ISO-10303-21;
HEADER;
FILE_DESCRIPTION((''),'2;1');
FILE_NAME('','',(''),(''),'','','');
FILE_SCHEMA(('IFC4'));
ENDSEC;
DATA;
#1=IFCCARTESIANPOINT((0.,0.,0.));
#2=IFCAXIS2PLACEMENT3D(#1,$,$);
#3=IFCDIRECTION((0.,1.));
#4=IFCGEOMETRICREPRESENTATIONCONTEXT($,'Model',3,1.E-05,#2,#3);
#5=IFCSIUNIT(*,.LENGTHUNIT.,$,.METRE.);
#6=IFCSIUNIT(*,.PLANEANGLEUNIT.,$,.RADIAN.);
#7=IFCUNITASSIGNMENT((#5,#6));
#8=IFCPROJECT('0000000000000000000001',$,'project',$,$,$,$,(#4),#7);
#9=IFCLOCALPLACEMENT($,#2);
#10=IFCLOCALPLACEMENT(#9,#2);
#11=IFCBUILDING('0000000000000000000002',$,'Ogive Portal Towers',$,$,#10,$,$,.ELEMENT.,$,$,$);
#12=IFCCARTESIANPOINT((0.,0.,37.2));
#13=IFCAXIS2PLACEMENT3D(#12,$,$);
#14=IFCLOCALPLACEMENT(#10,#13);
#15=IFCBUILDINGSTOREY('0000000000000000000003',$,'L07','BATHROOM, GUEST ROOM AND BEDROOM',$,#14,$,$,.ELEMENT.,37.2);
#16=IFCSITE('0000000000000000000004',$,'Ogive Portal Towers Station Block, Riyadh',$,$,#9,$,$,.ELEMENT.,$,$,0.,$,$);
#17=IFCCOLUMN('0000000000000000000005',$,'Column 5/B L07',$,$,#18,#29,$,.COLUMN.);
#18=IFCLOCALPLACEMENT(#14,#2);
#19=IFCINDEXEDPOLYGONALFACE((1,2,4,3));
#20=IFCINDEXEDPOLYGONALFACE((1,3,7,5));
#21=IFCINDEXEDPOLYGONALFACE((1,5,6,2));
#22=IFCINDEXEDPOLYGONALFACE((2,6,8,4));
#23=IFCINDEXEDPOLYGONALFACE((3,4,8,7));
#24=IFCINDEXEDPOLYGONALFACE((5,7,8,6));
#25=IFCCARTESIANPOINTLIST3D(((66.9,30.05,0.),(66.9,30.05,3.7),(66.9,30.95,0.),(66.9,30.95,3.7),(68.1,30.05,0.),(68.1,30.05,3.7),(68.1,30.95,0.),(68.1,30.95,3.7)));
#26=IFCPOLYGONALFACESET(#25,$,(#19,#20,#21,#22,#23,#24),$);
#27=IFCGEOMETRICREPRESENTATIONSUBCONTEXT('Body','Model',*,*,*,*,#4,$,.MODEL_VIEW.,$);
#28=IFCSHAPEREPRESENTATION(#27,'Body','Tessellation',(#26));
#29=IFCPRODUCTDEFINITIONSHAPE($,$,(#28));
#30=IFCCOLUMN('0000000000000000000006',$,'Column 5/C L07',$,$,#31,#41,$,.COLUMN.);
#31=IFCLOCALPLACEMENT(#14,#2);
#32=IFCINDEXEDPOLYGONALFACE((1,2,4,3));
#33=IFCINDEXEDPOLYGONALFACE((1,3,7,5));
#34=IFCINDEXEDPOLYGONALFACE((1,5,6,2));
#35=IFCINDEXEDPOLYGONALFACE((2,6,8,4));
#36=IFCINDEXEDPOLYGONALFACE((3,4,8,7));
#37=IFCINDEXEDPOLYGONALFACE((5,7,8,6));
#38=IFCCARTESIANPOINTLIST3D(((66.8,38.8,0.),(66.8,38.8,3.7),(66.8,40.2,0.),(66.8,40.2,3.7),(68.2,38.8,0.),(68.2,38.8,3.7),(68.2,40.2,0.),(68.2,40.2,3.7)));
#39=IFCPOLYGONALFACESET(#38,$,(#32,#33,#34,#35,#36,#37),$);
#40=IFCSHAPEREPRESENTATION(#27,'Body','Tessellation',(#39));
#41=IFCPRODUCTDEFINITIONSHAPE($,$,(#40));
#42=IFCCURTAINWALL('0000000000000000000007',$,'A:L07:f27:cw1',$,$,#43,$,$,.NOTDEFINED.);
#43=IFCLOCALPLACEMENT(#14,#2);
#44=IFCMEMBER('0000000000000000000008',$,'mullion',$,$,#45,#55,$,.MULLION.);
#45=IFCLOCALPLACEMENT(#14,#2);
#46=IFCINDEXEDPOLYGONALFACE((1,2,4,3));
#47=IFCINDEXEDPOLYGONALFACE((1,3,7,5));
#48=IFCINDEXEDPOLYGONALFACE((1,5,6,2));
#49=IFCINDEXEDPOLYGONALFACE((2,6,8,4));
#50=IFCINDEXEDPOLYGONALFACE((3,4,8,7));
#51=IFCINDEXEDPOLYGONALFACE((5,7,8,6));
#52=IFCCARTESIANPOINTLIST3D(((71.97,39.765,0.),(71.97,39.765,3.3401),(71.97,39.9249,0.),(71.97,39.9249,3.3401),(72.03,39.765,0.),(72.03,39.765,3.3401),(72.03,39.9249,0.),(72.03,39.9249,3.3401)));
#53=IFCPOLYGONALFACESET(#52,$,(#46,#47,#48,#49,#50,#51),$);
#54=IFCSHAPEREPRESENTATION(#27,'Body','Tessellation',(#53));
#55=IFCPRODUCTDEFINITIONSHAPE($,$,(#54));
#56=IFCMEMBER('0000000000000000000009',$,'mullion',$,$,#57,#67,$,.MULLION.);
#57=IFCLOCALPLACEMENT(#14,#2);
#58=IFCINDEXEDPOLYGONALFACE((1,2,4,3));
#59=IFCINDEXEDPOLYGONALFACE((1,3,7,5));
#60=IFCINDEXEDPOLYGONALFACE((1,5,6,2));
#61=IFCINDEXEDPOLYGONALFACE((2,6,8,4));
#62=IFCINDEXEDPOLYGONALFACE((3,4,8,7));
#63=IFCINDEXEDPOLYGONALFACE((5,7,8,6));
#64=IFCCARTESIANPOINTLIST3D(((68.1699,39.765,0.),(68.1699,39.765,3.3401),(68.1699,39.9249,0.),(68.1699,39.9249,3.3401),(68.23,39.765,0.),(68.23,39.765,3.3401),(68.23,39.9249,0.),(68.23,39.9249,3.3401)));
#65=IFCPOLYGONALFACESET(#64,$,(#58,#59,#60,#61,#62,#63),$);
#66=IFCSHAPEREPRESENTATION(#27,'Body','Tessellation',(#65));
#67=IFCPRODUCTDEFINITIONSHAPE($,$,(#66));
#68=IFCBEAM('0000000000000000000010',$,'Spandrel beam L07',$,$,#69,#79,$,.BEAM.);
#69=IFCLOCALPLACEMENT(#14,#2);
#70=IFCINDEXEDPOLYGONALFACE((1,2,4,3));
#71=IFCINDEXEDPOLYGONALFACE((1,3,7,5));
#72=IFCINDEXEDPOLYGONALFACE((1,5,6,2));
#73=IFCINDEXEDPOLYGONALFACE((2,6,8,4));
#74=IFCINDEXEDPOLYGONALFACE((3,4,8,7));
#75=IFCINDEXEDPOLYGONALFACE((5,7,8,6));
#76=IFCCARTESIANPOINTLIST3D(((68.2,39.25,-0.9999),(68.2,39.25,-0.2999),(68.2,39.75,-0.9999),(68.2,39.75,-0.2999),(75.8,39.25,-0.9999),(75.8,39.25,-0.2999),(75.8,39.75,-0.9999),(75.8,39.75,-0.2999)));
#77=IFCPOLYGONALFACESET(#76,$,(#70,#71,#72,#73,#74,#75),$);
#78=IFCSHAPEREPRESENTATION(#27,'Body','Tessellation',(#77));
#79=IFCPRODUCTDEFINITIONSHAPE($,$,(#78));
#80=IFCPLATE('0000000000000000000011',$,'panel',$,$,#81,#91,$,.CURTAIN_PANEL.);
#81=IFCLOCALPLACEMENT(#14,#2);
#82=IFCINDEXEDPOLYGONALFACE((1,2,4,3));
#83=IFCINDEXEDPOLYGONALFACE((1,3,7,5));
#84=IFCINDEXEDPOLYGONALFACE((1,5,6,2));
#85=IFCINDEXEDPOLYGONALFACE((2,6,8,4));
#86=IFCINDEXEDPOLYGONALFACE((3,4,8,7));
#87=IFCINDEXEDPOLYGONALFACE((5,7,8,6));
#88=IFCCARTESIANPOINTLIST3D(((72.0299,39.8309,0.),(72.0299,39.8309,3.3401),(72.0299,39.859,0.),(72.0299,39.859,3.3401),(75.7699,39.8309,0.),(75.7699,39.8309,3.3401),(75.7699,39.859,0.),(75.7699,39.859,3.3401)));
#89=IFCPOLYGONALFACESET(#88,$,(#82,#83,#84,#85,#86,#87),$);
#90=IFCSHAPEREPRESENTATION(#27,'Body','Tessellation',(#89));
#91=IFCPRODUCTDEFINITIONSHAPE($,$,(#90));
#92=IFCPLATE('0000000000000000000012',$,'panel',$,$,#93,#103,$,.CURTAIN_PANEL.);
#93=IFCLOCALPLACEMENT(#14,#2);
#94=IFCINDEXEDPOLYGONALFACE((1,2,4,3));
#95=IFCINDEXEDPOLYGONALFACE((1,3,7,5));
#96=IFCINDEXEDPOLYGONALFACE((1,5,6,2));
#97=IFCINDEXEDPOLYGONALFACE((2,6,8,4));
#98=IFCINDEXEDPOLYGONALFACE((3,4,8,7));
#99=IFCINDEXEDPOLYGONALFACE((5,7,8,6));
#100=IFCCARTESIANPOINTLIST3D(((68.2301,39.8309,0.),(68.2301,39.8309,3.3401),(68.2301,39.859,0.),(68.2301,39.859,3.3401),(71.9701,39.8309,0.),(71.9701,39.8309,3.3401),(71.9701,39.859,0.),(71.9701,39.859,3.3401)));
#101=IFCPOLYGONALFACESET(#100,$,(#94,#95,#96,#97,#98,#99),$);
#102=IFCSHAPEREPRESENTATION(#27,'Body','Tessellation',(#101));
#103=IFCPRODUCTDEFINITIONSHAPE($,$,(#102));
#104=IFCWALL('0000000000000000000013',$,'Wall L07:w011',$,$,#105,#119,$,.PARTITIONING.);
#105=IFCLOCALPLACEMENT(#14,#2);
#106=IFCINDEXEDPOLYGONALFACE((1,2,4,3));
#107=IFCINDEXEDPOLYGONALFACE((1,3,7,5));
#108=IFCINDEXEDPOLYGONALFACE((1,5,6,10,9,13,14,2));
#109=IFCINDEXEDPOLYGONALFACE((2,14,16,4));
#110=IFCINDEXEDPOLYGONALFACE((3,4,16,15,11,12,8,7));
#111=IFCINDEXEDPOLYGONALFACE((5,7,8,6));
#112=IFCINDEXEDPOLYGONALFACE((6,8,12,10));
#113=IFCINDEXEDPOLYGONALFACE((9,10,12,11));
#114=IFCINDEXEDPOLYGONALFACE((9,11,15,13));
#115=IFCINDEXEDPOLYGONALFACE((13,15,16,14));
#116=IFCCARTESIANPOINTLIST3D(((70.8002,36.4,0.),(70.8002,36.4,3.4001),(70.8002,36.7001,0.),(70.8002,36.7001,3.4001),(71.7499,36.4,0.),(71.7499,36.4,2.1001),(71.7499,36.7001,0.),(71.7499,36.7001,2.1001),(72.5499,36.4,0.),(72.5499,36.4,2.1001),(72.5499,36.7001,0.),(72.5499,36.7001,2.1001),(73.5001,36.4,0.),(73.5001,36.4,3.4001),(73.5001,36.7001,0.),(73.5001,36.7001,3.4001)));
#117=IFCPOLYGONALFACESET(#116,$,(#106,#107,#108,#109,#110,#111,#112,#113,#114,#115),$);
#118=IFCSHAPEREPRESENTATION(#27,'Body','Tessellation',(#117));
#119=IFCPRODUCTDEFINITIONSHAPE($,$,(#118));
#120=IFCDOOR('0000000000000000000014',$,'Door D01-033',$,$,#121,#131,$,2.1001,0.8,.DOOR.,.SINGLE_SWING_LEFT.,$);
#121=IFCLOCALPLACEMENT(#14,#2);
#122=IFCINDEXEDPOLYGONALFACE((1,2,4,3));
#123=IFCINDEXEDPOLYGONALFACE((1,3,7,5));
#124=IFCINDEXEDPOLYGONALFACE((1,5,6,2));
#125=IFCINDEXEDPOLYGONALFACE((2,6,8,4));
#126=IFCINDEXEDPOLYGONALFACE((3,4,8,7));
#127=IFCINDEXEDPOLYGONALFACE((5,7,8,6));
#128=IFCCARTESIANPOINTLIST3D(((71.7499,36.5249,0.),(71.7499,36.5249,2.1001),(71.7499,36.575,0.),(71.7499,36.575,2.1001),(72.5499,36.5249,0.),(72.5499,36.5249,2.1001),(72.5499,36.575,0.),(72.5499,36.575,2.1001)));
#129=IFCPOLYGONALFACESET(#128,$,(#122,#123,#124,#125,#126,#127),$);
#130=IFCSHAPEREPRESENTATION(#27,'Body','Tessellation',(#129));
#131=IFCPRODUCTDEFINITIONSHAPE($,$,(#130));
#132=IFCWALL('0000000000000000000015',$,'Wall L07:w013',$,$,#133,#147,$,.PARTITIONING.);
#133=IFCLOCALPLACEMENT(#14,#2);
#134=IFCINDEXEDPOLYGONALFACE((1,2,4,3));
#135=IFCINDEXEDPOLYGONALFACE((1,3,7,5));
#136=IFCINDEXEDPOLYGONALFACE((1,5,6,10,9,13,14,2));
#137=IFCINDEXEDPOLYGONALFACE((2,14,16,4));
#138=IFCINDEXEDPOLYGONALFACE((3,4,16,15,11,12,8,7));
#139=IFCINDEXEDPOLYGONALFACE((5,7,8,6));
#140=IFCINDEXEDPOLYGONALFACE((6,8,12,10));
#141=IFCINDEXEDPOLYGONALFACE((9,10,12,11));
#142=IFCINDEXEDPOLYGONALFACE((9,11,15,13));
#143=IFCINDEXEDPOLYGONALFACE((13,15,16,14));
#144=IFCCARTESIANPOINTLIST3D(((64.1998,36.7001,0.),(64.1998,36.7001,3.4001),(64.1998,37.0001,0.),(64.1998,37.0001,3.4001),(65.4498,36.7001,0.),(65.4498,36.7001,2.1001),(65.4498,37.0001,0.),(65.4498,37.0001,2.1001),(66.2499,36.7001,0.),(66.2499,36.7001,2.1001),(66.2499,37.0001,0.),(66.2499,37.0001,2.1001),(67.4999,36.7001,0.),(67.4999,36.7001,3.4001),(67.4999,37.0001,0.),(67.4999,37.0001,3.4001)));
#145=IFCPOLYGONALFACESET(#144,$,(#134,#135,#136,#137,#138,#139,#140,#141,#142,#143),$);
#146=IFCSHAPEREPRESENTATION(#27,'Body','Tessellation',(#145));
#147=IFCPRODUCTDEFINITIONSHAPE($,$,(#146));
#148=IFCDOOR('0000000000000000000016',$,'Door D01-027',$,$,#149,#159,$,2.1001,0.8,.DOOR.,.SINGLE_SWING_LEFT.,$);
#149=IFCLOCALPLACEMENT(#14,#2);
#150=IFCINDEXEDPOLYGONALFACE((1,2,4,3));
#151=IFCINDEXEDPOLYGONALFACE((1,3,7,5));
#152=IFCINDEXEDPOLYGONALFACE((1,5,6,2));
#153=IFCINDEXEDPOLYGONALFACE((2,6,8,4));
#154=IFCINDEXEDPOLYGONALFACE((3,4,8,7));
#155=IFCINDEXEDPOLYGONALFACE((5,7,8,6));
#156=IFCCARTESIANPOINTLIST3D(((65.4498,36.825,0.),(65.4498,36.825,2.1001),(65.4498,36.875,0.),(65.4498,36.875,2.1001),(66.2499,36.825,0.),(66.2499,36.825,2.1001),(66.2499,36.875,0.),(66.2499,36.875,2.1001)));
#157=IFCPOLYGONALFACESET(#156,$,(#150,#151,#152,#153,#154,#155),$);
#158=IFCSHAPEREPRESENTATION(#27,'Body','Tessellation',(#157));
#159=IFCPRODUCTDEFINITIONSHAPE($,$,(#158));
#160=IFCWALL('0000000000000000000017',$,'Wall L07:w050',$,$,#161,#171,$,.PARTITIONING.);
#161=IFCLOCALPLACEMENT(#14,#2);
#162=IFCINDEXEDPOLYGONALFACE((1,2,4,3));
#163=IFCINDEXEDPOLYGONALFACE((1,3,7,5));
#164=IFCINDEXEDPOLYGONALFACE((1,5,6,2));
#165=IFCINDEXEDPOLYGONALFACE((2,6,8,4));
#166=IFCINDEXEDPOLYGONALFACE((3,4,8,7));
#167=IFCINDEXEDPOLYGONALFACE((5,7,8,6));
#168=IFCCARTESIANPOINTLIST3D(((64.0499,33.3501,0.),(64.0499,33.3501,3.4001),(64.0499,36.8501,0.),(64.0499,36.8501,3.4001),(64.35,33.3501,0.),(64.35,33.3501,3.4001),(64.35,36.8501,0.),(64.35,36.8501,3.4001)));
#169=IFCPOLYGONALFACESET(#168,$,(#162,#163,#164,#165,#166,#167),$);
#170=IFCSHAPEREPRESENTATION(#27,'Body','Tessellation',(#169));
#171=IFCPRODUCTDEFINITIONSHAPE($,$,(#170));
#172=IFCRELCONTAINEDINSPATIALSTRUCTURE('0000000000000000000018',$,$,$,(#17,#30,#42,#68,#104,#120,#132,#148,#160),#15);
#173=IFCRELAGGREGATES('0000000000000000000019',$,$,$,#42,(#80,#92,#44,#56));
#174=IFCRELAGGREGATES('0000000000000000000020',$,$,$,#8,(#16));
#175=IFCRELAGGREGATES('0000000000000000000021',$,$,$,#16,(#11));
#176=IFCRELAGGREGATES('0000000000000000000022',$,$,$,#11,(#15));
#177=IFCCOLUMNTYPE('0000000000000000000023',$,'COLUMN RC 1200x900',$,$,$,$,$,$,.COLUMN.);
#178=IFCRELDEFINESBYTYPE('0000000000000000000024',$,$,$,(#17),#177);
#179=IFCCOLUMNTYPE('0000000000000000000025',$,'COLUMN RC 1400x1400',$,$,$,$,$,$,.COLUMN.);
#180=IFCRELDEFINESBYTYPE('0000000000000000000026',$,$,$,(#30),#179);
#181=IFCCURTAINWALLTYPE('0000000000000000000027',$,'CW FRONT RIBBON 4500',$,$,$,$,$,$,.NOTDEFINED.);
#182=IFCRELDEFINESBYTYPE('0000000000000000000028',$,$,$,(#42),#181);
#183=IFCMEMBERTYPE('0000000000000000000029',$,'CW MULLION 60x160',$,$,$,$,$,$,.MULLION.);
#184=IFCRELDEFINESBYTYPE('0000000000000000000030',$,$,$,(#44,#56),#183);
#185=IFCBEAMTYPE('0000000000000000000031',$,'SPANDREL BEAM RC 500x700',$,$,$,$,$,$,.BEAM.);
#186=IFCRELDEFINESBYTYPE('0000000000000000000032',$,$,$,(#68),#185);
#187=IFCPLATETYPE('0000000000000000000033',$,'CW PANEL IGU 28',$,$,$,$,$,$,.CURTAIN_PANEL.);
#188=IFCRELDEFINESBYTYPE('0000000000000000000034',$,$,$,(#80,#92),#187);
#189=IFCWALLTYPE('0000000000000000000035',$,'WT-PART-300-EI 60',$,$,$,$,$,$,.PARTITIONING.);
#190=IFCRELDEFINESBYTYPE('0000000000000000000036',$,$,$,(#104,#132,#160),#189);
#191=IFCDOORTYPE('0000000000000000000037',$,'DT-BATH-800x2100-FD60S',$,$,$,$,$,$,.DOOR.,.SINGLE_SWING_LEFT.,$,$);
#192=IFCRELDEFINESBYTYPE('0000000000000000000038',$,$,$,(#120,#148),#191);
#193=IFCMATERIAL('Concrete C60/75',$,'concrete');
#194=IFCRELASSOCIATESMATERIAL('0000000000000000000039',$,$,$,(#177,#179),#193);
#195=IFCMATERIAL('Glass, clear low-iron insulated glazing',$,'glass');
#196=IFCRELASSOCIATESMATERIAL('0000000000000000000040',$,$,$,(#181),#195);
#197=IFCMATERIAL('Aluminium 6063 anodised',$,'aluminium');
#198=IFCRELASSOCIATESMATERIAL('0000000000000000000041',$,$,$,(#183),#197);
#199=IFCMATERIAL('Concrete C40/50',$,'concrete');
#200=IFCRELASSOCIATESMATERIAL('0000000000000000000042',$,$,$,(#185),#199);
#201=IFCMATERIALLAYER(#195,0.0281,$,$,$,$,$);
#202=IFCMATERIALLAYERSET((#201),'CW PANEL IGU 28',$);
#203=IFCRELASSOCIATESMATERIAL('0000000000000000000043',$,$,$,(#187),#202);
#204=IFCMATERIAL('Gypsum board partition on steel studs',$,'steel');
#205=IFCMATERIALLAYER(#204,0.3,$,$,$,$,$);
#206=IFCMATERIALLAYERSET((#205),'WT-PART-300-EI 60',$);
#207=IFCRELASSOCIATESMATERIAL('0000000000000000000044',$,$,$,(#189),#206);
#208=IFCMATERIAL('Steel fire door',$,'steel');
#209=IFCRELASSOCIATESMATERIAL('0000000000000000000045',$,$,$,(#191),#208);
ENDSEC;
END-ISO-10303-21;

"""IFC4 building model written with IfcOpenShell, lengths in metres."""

from ifc_helpers import new_model, si_unit, direction, frame, frame_2d, origin, origin_2d, place, context, subcontext, project, spatial, rectangle, extrude, material, layer, layer_set, material_profile, profile_set, type_object, element, fill, aggregate, save


model = new_model("IFC4")

# Units and contexts
model_context = context("Model", 3, precision=1e-05, world=origin(), true_north=direction((0.0, 1.0)))
body_context = subcontext(model_context, "Body", "Model", "MODEL_VIEW")
ifc_project = project(units=[si_unit("LENGTHUNIT", "METRE"), si_unit("PLANEANGLEUNIT", "RADIAN")], contexts=[model_context])

# Site, building, storey
site_placement = place(None, origin())
site = spatial("IfcSite", under=ifc_project, at=site_placement, Name="Ogive Portal Towers Station Block, Riyadh", CompositionType="ELEMENT", RefElevation=0.0)
building_placement = place(site_placement, origin())
building = spatial("IfcBuilding", under=site, at=building_placement, Name="Ogive Portal Towers", CompositionType="ELEMENT")
storey_placement = place(building_placement, frame((0.0, 0.0, 37.2)))
storey = spatial("IfcBuildingStorey", under=building, at=storey_placement, Name="L07", Description="BATHROOM, GUEST ROOM AND BEDROOM", CompositionType="ELEMENT", Elevation=37.2)

# Columns
ifc_material_1 = material(Name="Concrete C60/75", Category="concrete")
ifc_material_profile_1 = material_profile(ifc_material_1, rectangle(XDim=1.2, YDim=0.8999, at=origin_2d()), Name="RC 1200x900")
ifc_profile_set_1 = profile_set([ifc_material_profile_1], Name="Concrete C60/75")
column_type_1 = type_object("IfcColumnType", Name="COLUMN RC 1200x900", PredefinedType="COLUMN", material=ifc_profile_set_1)
column_1_placement = place(storey_placement, frame((67.5, 30.5, 0.0), z_axis=(0.0, 0.0, 1.0), x_axis=(1.0, 0.0, 0.0)))
element("IfcColumn", 1, at=column_1_placement, inside=storey, type_object=column_type_1, Name="Column 5/B L07", PredefinedType="COLUMN", context=body_context, shape_type="SweptSolid", body=[
    extrude(rectangle(XDim=1.2, YDim=0.8999, at=origin_2d()), origin(), (0.0, 0.0, 1.0), 3.7),
])
ifc_material_profile_2 = material_profile(ifc_material_1, rectangle(XDim=1.3999, YDim=1.3999, at=origin_2d()), Name="RC 1400x1400")
ifc_profile_set_2 = profile_set([ifc_material_profile_2], Name="Concrete C60/75")
column_type_2 = type_object("IfcColumnType", Name="COLUMN RC 1400x1400", PredefinedType="COLUMN", material=ifc_profile_set_2)
column_2_placement = place(storey_placement, frame((67.5, 39.5, 0.0), z_axis=(0.0, 0.0, 1.0), x_axis=(1.0, 0.0, 0.0)))
element("IfcColumn", 2, at=column_2_placement, inside=storey, type_object=column_type_2, Name="Column 5/C L07", PredefinedType="COLUMN", context=body_context, shape_type="SweptSolid", body=[
    extrude(rectangle(XDim=1.3999, YDim=1.3999, at=origin_2d()), origin(), (0.0, 0.0, 1.0), 3.7),
])

# Curtain wall, members
ifc_material_2 = material(Name="Glass, clear low-iron insulated glazing", Category="glass")
curtain_wall_type = type_object("IfcCurtainWallType", Name="CW FRONT RIBBON 4500", PredefinedType="NOTDEFINED", material=ifc_material_2)
curtain_wall_placement = place(storey_placement, origin())
curtain_wall = element("IfcCurtainWall", 3, at=curtain_wall_placement, inside=storey, type_object=curtain_wall_type, Name="A:L07:f27:cw1", PredefinedType="NOTDEFINED")
ifc_material_3 = material(Name="Aluminium 6063 anodised", Category="aluminium")
ifc_material_profile_3 = material_profile(ifc_material_3, rectangle(XDim=0.1599, YDim=0.0601, at=origin_2d()), Name="AL 60x160")
ifc_profile_set_3 = profile_set([ifc_material_profile_3], Name="Aluminium 6063 anodised")
member_type = type_object("IfcMemberType", Name="CW MULLION 60x160", PredefinedType="MULLION", material=ifc_profile_set_3)
member_1_placement = place(storey_placement, frame((72.0, 39.845, 0.0), z_axis=(0.0, 0.0, 1.0), x_axis=(0.0, -1.0, 0.0)))
member_1 = element("IfcMember", 4, at=member_1_placement, type_object=member_type, Name="mullion", PredefinedType="MULLION", context=body_context, shape_type="SweptSolid", body=[
    extrude(rectangle(XDim=0.1599, YDim=0.0601, at=origin_2d()), origin(), (0.0, 0.0, 1.0), 3.3401),
])
member_2_placement = place(storey_placement, frame((68.2, 39.845, 0.0), z_axis=(0.0, 0.0, 1.0), x_axis=(0.0, -1.0, 0.0)))
member_2 = element("IfcMember", 5, at=member_2_placement, type_object=member_type, Name="mullion", PredefinedType="MULLION", context=body_context, shape_type="SweptSolid", body=[
    extrude(rectangle(XDim=0.1599, YDim=0.0601, at=origin_2d()), origin(), (0.0, 0.0, 1.0), 3.3401),
])

# Beam
ifc_material_4 = material(Name="Concrete C40/50", Category="concrete")
ifc_material_profile_4 = material_profile(ifc_material_4, rectangle(XDim=0.5, YDim=0.7, at=origin_2d()), Name="RC 500x700")
ifc_profile_set_4 = profile_set([ifc_material_profile_4], Name="Concrete C40/50")
beam_type = type_object("IfcBeamType", Name="SPANDREL BEAM RC 500x700", PredefinedType="BEAM", material=ifc_profile_set_4)
beam_placement = place(storey_placement, frame((68.2, 39.5, -0.6499), z_axis=(1.0, 0.0, 0.0), x_axis=(0.0, 1.0, 0.0)))
element("IfcBeam", 6, at=beam_placement, inside=storey, type_object=beam_type, Name="Spandrel beam L07", PredefinedType="BEAM", context=body_context, shape_type="SweptSolid", body=[
    extrude(rectangle(XDim=0.5, YDim=0.7, at=origin_2d()), origin(), (0.0, 0.0, 1.0), 7.6001),
])

# Plates
ifc_layer_1 = layer(ifc_material_2, 0.0281)
ifc_layer_set_1 = layer_set([ifc_layer_1], Name="CW PANEL IGU 28")
plate_type = type_object("IfcPlateType", Name="CW PANEL IGU 28", PredefinedType="CURTAIN_PANEL", material=ifc_layer_set_1)
plate_1_placement = place(storey_placement, frame((73.8999, 39.845, 0.0), z_axis=(0.0, 0.0, 1.0), x_axis=(-1.0, 0.0, 0.0)))
plate_1 = element("IfcPlate", 7, at=plate_1_placement, type_object=plate_type, Name="panel", PredefinedType="CURTAIN_PANEL", context=body_context, shape_type="SweptSolid", body=[
    extrude(rectangle(XDim=3.74, YDim=0.0281, at=origin_2d()), origin(), (0.0, 0.0, 1.0), 3.3401),
])
plate_2_placement = place(storey_placement, frame((70.1001, 39.845, 0.0), z_axis=(0.0, 0.0, 1.0), x_axis=(-1.0, 0.0, 0.0)))
plate_2 = element("IfcPlate", 8, at=plate_2_placement, type_object=plate_type, Name="panel", PredefinedType="CURTAIN_PANEL", context=body_context, shape_type="SweptSolid", body=[
    extrude(rectangle(XDim=3.74, YDim=0.0281, at=origin_2d()), origin(), (0.0, 0.0, 1.0), 3.3401),
])
aggregate(curtain_wall, [plate_1, plate_2, member_1, member_2])

# Walls, openings, doors
ifc_material_5 = material(Name="Gypsum board partition on steel studs", Category="steel")
ifc_layer_2 = layer(ifc_material_5, 0.3)
ifc_layer_set_2 = layer_set([ifc_layer_2], Name="WT-PART-300-EI 60")
wall_type = type_object("IfcWallType", Name="WT-PART-300-EI 60", PredefinedType="PARTITIONING", material=ifc_layer_set_2)
wall_1_placement = place(storey_placement, frame((70.8, 36.55, 0.0), z_axis=(0.0, 0.0, 1.0), x_axis=(1.0, 0.0, 0.0)))
wall_1 = element("IfcWall", 9, at=wall_1_placement, inside=storey, type_object=wall_type, Name="Wall L07:w011", PredefinedType="PARTITIONING", context=body_context, shape_type="SweptSolid", body=[
    extrude(rectangle(XDim=2.7, YDim=0.3, at=frame_2d((1.3501, 0.0))), origin(), (0.0, 0.0, 1.0), 3.4001),
])
opening_1_placement = place(wall_1_placement, frame((0.95, 0.0, 0.0)))
opening_1 = element("IfcOpeningElement", 10, at=opening_1_placement, cuts=wall_1, PredefinedType="OPENING", context=body_context, shape_type="SweptSolid", body=[
    extrude(rectangle(XDim=0.8, YDim=2.1001, at=frame_2d((0.3999, 1.05))), frame((0.0, 0.1602, 0.0), z_axis=(0.0, -1.0, 0.0), x_axis=(1.0, 0.0, 0.0)), (0.0, 0.0, 1.0), 0.3201),
])
ifc_material_6 = material(Name="Steel fire door", Category="steel")
door_type = type_object("IfcDoorType", Name="DT-BATH-800x2100-FD60S", OperationType="SINGLE_SWING_LEFT", PredefinedType="DOOR", material=ifc_material_6)
door_1_placement = place(opening_1_placement, origin())
door_1 = element("IfcDoor", 11, at=door_1_placement, inside=storey, type_object=door_type, Name="Door D01-033", OperationType="SINGLE_SWING_LEFT", OverallHeight=2.1001, OverallWidth=0.8, PredefinedType="DOOR", context=body_context, shape_type="SweptSolid", body=[
    extrude(rectangle(XDim=0.8, YDim=2.1001, at=frame_2d((0.3999, 1.05))), frame((0.0, 0.0249, 0.0), z_axis=(0.0, -1.0, 0.0), x_axis=(1.0, 0.0, 0.0)), (0.0, 0.0, 1.0), 0.05),
])
fill(opening_1, door_1)
wall_2_placement = place(storey_placement, frame((64.2, 36.8501, 0.0), z_axis=(0.0, 0.0, 1.0), x_axis=(1.0, 0.0, 0.0)))
wall_2 = element("IfcWall", 12, at=wall_2_placement, inside=storey, type_object=wall_type, Name="Wall L07:w013", PredefinedType="PARTITIONING", context=body_context, shape_type="SweptSolid", body=[
    extrude(rectangle(XDim=3.3, YDim=0.3, at=frame_2d((1.6499, 0.0))), origin(), (0.0, 0.0, 1.0), 3.4001),
])
opening_2_placement = place(wall_2_placement, frame((1.25, 0.0, 0.0)))
opening_2 = element("IfcOpeningElement", 13, at=opening_2_placement, cuts=wall_2, PredefinedType="OPENING", context=body_context, shape_type="SweptSolid", body=[
    extrude(rectangle(XDim=0.8, YDim=2.1001, at=frame_2d((0.3999, 1.05))), frame((0.0, 0.1602, 0.0), z_axis=(0.0, -1.0, 0.0), x_axis=(1.0, 0.0, 0.0)), (0.0, 0.0, 1.0), 0.3201),
])
door_2_placement = place(opening_2_placement, origin())
door_2 = element("IfcDoor", 14, at=door_2_placement, inside=storey, type_object=door_type, Name="Door D01-027", OperationType="SINGLE_SWING_LEFT", OverallHeight=2.1001, OverallWidth=0.8, PredefinedType="DOOR", context=body_context, shape_type="SweptSolid", body=[
    extrude(rectangle(XDim=0.8, YDim=2.1001, at=frame_2d((0.3999, 1.05))), frame((0.0, 0.0249, 0.0), z_axis=(0.0, -1.0, 0.0), x_axis=(1.0, 0.0, 0.0)), (0.0, 0.0, 1.0), 0.05),
])
fill(opening_2, door_2)

# Wall
wall_3_placement = place(storey_placement, frame((64.2, 33.3501, 0.0), z_axis=(0.0, 0.0, 1.0), x_axis=(0.0, 1.0, 0.0)))
element("IfcWall", 15, at=wall_3_placement, inside=storey, type_object=wall_type, Name="Wall L07:w050", PredefinedType="PARTITIONING", context=body_context, shape_type="SweptSolid", body=[
    extrude(rectangle(XDim=3.5, YDim=0.3, at=frame_2d((1.75, 0.0))), origin(), (0.0, 0.0, 1.0), 3.4001),
])

save(model, "model.ifc")
